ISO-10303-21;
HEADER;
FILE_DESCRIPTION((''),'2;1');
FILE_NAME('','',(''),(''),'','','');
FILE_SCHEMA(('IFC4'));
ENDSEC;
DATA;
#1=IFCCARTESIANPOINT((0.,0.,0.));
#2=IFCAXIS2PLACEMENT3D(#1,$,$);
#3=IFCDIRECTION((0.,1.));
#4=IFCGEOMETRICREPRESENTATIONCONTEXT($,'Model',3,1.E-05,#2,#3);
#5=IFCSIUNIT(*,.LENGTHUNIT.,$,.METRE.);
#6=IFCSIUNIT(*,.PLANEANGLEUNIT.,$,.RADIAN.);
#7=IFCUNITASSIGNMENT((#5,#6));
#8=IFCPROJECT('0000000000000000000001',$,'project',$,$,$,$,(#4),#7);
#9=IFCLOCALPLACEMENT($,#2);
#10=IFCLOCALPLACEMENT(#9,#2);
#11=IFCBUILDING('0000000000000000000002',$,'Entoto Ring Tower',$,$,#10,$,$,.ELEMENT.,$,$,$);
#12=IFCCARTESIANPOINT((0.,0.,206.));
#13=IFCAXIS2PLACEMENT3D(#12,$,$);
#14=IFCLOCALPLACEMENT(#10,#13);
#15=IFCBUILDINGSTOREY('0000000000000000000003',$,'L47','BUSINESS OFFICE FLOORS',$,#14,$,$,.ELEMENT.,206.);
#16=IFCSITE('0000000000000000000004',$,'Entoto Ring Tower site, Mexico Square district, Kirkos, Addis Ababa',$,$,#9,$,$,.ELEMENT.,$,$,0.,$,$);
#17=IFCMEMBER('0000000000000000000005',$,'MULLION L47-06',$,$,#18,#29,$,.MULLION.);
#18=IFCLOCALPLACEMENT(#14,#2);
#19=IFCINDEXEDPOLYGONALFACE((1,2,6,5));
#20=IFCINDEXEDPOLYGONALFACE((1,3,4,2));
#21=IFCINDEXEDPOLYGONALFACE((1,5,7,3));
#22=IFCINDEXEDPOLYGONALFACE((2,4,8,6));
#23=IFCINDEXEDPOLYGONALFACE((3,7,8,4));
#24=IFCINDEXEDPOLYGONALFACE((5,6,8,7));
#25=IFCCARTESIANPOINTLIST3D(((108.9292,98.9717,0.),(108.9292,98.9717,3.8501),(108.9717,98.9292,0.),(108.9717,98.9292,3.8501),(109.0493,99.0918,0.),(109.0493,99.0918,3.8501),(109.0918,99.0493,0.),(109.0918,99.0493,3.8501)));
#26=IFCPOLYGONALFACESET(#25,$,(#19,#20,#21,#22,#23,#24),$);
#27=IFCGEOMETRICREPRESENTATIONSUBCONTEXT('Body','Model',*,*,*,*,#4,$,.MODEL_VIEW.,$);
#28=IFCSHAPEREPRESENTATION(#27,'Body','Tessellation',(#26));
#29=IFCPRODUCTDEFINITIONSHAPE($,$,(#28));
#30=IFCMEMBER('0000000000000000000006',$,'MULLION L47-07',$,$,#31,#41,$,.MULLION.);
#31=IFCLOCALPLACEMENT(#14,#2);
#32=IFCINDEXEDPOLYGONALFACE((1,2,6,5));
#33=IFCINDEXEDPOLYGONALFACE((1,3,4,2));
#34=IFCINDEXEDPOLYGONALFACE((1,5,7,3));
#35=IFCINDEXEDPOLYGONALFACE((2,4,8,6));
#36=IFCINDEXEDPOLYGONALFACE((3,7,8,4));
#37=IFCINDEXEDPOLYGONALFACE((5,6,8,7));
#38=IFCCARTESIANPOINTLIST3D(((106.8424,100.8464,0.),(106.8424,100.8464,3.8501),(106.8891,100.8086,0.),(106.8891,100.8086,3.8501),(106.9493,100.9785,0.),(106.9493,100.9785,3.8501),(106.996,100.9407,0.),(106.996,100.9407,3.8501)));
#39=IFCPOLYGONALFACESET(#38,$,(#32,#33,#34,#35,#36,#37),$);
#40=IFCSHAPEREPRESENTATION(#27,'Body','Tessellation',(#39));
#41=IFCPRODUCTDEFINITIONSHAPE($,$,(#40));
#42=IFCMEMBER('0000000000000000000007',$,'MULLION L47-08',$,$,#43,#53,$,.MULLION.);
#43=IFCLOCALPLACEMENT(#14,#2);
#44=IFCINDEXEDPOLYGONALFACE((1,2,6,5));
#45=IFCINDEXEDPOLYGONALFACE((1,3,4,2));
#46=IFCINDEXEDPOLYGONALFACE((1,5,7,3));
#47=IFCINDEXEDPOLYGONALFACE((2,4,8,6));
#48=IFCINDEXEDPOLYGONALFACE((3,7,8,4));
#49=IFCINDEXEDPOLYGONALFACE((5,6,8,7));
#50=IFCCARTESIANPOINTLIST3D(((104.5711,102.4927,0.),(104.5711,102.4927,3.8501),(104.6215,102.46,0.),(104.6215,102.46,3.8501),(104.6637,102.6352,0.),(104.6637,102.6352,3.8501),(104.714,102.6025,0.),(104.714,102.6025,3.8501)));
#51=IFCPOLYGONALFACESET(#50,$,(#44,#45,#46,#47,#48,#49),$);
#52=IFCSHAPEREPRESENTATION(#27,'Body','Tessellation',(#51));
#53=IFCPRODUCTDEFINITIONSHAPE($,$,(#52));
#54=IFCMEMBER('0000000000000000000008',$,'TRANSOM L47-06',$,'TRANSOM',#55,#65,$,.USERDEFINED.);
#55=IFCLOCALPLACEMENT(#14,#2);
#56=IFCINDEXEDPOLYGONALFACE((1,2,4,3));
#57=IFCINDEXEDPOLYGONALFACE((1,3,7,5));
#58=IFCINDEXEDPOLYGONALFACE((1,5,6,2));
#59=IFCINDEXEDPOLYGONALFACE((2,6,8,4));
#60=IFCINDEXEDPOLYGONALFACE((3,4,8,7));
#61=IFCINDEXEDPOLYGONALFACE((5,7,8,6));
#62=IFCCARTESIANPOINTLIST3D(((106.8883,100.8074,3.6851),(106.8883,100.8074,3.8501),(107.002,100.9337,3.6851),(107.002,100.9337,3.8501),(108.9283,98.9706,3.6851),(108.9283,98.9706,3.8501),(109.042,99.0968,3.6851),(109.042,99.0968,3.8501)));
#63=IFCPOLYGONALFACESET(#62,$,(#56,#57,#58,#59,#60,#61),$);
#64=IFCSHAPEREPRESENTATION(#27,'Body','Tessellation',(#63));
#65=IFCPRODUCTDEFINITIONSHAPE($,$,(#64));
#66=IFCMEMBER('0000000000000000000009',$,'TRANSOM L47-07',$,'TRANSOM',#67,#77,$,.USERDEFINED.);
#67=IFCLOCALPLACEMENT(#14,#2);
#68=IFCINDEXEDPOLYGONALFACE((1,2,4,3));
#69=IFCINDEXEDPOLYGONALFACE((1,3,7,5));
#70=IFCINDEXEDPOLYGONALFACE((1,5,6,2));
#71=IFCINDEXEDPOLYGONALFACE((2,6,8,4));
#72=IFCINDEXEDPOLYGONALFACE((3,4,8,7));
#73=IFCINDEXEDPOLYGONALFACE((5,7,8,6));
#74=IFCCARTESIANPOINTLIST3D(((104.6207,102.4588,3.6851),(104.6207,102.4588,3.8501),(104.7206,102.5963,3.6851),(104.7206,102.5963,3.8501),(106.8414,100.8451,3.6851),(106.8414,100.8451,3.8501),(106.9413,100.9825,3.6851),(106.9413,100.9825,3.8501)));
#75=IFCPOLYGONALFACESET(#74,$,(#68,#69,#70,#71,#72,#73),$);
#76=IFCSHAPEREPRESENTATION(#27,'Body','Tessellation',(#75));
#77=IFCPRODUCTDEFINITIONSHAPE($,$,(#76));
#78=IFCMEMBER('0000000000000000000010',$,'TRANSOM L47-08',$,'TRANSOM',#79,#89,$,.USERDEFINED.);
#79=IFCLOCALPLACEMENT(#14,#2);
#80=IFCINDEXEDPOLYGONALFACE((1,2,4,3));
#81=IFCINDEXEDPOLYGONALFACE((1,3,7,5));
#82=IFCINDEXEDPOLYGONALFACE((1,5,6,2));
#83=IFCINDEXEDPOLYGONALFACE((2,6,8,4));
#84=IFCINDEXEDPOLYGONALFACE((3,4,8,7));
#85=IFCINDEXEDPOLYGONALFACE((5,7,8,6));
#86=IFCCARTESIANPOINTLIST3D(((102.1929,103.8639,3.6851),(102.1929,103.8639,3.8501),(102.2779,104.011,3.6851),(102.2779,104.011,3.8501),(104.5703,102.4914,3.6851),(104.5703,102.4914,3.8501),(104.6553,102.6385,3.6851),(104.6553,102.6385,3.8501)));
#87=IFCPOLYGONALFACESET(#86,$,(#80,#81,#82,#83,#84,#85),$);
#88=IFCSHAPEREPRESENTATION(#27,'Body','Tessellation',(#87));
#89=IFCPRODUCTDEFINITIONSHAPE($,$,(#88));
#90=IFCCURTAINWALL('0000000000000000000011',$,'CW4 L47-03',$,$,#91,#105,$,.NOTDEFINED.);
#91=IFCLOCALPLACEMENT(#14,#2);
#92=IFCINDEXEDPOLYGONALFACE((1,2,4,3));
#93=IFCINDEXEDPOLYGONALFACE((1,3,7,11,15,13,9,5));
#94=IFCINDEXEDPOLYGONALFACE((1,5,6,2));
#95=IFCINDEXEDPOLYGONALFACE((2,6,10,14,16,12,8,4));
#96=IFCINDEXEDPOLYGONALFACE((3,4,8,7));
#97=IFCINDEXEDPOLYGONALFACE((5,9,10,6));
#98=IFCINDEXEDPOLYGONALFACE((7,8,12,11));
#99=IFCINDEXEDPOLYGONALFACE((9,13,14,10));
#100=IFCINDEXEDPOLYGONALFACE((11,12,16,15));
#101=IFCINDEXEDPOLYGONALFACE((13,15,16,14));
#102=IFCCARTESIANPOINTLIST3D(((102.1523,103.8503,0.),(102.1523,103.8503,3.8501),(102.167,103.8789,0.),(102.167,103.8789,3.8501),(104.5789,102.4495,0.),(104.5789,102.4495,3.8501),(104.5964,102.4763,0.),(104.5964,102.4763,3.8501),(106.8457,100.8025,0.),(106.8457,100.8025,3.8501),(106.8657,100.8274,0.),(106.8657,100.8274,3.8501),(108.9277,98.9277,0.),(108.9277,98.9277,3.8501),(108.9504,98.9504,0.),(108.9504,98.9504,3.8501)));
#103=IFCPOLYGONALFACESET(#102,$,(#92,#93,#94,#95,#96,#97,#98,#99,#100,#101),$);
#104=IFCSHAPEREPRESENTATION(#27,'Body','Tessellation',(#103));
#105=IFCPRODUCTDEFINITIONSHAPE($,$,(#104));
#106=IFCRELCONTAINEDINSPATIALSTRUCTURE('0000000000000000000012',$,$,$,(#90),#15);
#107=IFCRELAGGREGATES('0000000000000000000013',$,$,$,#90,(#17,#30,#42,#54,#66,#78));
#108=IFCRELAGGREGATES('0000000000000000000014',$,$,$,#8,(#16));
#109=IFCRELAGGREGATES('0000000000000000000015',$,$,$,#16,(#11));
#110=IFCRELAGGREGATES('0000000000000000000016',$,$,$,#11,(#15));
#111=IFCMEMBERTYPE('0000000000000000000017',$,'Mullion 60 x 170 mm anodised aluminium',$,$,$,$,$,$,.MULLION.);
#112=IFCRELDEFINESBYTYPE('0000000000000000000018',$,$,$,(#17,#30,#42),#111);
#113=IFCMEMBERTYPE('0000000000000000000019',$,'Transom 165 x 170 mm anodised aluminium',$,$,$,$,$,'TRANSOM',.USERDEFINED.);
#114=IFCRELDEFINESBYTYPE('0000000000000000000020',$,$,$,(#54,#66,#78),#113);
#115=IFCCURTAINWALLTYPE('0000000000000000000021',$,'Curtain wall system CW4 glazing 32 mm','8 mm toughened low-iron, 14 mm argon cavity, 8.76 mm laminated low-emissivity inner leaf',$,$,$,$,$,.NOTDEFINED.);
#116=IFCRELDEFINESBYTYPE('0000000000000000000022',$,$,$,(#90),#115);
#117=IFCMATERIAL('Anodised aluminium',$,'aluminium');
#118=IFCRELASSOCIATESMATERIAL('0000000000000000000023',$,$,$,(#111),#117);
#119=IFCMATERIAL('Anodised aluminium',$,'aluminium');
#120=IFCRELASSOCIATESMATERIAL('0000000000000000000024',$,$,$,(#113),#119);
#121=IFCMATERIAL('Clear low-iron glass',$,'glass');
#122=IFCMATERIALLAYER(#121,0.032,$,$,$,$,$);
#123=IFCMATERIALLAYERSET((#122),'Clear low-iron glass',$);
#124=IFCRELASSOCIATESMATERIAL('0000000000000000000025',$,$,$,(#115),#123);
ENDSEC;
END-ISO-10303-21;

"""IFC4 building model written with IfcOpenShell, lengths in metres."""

from ifc_helpers import new_model, si_unit, direction, frame, origin, origin_2d, place, context, subcontext, project, spatial, polyline, rectangle, outline, extrude, material, layer, layer_set, material_profile, profile_set, type_object, element, aggregate, save


model = new_model("IFC4")

# Units and contexts
model_context = context("Model", 3, precision=1e-05, world=origin(), true_north=direction((0.0, 1.0)))
body_context = subcontext(model_context, "Body", "Model", "MODEL_VIEW")
ifc_project = project(units=[si_unit("LENGTHUNIT", "METRE"), si_unit("PLANEANGLEUNIT", "RADIAN")], contexts=[model_context])

# Members
ifc_material_1 = material(Name="Anodised aluminium", Category="aluminium")
ifc_material_profile_1 = material_profile(ifc_material_1, rectangle(XDim=0.0601, YDim=0.1699, at=origin_2d()), Name="Mullion 60 x 170 mm anodised aluminium")
ifc_profile_set_1 = profile_set([ifc_material_profile_1], Name="Anodised aluminium")
member_type_1 = type_object("IfcMemberType", Name="Mullion 60 x 170 mm anodised aluminium", PredefinedType="MULLION", material=ifc_profile_set_1)
site_placement = place(None, origin())
building_placement = place(site_placement, origin())
storey_placement = place(building_placement, frame((0.0, 0.0, 206.0)))
member_1_placement = place(storey_placement, frame((109.0105, 99.0105, 0.0), z_axis=(0.0, 0.0, 1.0), x_axis=(-0.707107, 0.707107, 0.0)))
member_1 = element("IfcMember", 1, at=member_1_placement, type_object=member_type_1, Name="MULLION L47-06", PredefinedType="MULLION", context=body_context, shape_type="SweptSolid", body=[
    extrude(rectangle(XDim=0.0601, YDim=0.1699, at=origin_2d()), origin(), (0.0, 0.0, 1.0), 3.8501),
])
member_2_placement = place(storey_placement, frame((106.9192, 100.8936, 0.0), z_axis=(0.0, 0.0, 1.0), x_axis=(-0.777146, 0.62932, 0.0)))
member_2 = element("IfcMember", 2, at=member_2_placement, type_object=member_type_1, Name="MULLION L47-07", PredefinedType="MULLION", context=body_context, shape_type="SweptSolid", body=[
    extrude(rectangle(XDim=0.0601, YDim=0.1699, at=origin_2d()), origin(), (0.0, 0.0, 1.0), 3.8501),
])
member_3_placement = place(storey_placement, frame((104.6426, 102.5476, 0.0), z_axis=(0.0, 0.0, 1.0), x_axis=(-0.838671, 0.544639, 0.0)))
member_3 = element("IfcMember", 3, at=member_3_placement, type_object=member_type_1, Name="MULLION L47-08", PredefinedType="MULLION", context=body_context, shape_type="SweptSolid", body=[
    extrude(rectangle(XDim=0.0601, YDim=0.1699, at=origin_2d()), origin(), (0.0, 0.0, 1.0), 3.8501),
])
ifc_material_2 = material(Name="Anodised aluminium", Category="aluminium")
ifc_material_profile_2 = material_profile(ifc_material_2, rectangle(XDim=0.1699, YDim=0.165, at=origin_2d()), Name="Transom 165 x 170 mm anodised aluminium")
ifc_profile_set_2 = profile_set([ifc_material_profile_2], Name="Anodised aluminium")
member_type_2 = type_object("IfcMemberType", Name="Transom 165 x 170 mm anodised aluminium", ElementType="TRANSOM", PredefinedType="USERDEFINED", material=ifc_profile_set_2)
member_4_placement = place(storey_placement, frame((108.9851, 99.0337, 3.7676), z_axis=(-0.743135, 0.669142, 0.0), x_axis=(-0.669142, -0.743135, 0.0)))
member_4 = element("IfcMember", 4, at=member_4_placement, type_object=member_type_2, Name="TRANSOM L47-06", ObjectType="TRANSOM", PredefinedType="USERDEFINED", context=body_context, shape_type="SweptSolid", body=[
    extrude(rectangle(XDim=0.1699, YDim=0.165, at=origin_2d()), origin(), (0.0, 0.0, 1.0), 2.7451),
])
member_5_placement = place(storey_placement, frame((106.8914, 100.9138, 3.7676), z_axis=(-0.808959, 0.587865, 0.0), x_axis=(-0.587865, -0.808959, 0.0)))
member_5 = element("IfcMember", 5, at=member_5_placement, type_object=member_type_2, Name="TRANSOM L47-07", ObjectType="TRANSOM", PredefinedType="USERDEFINED", context=body_context, shape_type="SweptSolid", body=[
    extrude(rectangle(XDim=0.1699, YDim=0.165, at=origin_2d()), origin(), (0.0, 0.0, 1.0), 2.7451),
])
member_6_placement = place(storey_placement, frame((104.6128, 102.5649, 3.7676), z_axis=(-0.866035, 0.499984, 0.0), x_axis=(-0.499984, -0.866035, 0.0)))
member_6 = element("IfcMember", 6, at=member_6_placement, type_object=member_type_2, Name="TRANSOM L47-08", ObjectType="TRANSOM", PredefinedType="USERDEFINED", context=body_context, shape_type="SweptSolid", body=[
    extrude(rectangle(XDim=0.1699, YDim=0.165, at=origin_2d()), origin(), (0.0, 0.0, 1.0), 2.7451),
])

# Site, building, storey
site = spatial("IfcSite", under=ifc_project, at=site_placement, Name="Entoto Ring Tower site, Mexico Square district, Kirkos, Addis Ababa", CompositionType="ELEMENT", RefElevation=0.0)
building = spatial("IfcBuilding", under=site, at=building_placement, Name="Entoto Ring Tower", CompositionType="ELEMENT")
storey = spatial("IfcBuildingStorey", under=building, at=storey_placement, Name="L47", Description="BUSINESS OFFICE FLOORS", CompositionType="ELEMENT", Elevation=206.0)

# Curtain wall
ifc_material_3 = material(Name="Clear low-iron glass", Category="glass")
ifc_layer = layer(ifc_material_3, 0.032)
ifc_layer_set = layer_set([ifc_layer], Name="Clear low-iron glass")
curtain_wall_type = type_object("IfcCurtainWallType", Name="Curtain wall system CW4 glazing 32 mm", Description="8 mm toughened low-iron, 14 mm argon cavity, 8.76 mm laminated low-emissivity inner leaf", PredefinedType="NOTDEFINED", material=ifc_layer_set)
curtain_wall_1_placement = place(storey_placement, origin())
curtain_wall_1 = element("IfcCurtainWall", 7, at=curtain_wall_1_placement, inside=storey, type_object=curtain_wall_type, Name="CW4 L47-03", PredefinedType="NOTDEFINED", context=body_context, shape_type="SweptSolid", body=[
    extrude(outline(polyline([(108.9504, 98.9504), (106.8657, 100.8274), (104.5964, 102.4763), (102.167, 103.8789), (102.1523, 103.8503), (104.5789, 102.4495), (106.8457, 100.8025), (108.9277, 98.9277), (108.9504, 98.9504)])), origin(), (0.0, 0.0, 1.0), 3.8501),
])
aggregate(curtain_wall_1, [member_1, member_2, member_3, member_4, member_5, member_6])

save(model, "model.ifc")
